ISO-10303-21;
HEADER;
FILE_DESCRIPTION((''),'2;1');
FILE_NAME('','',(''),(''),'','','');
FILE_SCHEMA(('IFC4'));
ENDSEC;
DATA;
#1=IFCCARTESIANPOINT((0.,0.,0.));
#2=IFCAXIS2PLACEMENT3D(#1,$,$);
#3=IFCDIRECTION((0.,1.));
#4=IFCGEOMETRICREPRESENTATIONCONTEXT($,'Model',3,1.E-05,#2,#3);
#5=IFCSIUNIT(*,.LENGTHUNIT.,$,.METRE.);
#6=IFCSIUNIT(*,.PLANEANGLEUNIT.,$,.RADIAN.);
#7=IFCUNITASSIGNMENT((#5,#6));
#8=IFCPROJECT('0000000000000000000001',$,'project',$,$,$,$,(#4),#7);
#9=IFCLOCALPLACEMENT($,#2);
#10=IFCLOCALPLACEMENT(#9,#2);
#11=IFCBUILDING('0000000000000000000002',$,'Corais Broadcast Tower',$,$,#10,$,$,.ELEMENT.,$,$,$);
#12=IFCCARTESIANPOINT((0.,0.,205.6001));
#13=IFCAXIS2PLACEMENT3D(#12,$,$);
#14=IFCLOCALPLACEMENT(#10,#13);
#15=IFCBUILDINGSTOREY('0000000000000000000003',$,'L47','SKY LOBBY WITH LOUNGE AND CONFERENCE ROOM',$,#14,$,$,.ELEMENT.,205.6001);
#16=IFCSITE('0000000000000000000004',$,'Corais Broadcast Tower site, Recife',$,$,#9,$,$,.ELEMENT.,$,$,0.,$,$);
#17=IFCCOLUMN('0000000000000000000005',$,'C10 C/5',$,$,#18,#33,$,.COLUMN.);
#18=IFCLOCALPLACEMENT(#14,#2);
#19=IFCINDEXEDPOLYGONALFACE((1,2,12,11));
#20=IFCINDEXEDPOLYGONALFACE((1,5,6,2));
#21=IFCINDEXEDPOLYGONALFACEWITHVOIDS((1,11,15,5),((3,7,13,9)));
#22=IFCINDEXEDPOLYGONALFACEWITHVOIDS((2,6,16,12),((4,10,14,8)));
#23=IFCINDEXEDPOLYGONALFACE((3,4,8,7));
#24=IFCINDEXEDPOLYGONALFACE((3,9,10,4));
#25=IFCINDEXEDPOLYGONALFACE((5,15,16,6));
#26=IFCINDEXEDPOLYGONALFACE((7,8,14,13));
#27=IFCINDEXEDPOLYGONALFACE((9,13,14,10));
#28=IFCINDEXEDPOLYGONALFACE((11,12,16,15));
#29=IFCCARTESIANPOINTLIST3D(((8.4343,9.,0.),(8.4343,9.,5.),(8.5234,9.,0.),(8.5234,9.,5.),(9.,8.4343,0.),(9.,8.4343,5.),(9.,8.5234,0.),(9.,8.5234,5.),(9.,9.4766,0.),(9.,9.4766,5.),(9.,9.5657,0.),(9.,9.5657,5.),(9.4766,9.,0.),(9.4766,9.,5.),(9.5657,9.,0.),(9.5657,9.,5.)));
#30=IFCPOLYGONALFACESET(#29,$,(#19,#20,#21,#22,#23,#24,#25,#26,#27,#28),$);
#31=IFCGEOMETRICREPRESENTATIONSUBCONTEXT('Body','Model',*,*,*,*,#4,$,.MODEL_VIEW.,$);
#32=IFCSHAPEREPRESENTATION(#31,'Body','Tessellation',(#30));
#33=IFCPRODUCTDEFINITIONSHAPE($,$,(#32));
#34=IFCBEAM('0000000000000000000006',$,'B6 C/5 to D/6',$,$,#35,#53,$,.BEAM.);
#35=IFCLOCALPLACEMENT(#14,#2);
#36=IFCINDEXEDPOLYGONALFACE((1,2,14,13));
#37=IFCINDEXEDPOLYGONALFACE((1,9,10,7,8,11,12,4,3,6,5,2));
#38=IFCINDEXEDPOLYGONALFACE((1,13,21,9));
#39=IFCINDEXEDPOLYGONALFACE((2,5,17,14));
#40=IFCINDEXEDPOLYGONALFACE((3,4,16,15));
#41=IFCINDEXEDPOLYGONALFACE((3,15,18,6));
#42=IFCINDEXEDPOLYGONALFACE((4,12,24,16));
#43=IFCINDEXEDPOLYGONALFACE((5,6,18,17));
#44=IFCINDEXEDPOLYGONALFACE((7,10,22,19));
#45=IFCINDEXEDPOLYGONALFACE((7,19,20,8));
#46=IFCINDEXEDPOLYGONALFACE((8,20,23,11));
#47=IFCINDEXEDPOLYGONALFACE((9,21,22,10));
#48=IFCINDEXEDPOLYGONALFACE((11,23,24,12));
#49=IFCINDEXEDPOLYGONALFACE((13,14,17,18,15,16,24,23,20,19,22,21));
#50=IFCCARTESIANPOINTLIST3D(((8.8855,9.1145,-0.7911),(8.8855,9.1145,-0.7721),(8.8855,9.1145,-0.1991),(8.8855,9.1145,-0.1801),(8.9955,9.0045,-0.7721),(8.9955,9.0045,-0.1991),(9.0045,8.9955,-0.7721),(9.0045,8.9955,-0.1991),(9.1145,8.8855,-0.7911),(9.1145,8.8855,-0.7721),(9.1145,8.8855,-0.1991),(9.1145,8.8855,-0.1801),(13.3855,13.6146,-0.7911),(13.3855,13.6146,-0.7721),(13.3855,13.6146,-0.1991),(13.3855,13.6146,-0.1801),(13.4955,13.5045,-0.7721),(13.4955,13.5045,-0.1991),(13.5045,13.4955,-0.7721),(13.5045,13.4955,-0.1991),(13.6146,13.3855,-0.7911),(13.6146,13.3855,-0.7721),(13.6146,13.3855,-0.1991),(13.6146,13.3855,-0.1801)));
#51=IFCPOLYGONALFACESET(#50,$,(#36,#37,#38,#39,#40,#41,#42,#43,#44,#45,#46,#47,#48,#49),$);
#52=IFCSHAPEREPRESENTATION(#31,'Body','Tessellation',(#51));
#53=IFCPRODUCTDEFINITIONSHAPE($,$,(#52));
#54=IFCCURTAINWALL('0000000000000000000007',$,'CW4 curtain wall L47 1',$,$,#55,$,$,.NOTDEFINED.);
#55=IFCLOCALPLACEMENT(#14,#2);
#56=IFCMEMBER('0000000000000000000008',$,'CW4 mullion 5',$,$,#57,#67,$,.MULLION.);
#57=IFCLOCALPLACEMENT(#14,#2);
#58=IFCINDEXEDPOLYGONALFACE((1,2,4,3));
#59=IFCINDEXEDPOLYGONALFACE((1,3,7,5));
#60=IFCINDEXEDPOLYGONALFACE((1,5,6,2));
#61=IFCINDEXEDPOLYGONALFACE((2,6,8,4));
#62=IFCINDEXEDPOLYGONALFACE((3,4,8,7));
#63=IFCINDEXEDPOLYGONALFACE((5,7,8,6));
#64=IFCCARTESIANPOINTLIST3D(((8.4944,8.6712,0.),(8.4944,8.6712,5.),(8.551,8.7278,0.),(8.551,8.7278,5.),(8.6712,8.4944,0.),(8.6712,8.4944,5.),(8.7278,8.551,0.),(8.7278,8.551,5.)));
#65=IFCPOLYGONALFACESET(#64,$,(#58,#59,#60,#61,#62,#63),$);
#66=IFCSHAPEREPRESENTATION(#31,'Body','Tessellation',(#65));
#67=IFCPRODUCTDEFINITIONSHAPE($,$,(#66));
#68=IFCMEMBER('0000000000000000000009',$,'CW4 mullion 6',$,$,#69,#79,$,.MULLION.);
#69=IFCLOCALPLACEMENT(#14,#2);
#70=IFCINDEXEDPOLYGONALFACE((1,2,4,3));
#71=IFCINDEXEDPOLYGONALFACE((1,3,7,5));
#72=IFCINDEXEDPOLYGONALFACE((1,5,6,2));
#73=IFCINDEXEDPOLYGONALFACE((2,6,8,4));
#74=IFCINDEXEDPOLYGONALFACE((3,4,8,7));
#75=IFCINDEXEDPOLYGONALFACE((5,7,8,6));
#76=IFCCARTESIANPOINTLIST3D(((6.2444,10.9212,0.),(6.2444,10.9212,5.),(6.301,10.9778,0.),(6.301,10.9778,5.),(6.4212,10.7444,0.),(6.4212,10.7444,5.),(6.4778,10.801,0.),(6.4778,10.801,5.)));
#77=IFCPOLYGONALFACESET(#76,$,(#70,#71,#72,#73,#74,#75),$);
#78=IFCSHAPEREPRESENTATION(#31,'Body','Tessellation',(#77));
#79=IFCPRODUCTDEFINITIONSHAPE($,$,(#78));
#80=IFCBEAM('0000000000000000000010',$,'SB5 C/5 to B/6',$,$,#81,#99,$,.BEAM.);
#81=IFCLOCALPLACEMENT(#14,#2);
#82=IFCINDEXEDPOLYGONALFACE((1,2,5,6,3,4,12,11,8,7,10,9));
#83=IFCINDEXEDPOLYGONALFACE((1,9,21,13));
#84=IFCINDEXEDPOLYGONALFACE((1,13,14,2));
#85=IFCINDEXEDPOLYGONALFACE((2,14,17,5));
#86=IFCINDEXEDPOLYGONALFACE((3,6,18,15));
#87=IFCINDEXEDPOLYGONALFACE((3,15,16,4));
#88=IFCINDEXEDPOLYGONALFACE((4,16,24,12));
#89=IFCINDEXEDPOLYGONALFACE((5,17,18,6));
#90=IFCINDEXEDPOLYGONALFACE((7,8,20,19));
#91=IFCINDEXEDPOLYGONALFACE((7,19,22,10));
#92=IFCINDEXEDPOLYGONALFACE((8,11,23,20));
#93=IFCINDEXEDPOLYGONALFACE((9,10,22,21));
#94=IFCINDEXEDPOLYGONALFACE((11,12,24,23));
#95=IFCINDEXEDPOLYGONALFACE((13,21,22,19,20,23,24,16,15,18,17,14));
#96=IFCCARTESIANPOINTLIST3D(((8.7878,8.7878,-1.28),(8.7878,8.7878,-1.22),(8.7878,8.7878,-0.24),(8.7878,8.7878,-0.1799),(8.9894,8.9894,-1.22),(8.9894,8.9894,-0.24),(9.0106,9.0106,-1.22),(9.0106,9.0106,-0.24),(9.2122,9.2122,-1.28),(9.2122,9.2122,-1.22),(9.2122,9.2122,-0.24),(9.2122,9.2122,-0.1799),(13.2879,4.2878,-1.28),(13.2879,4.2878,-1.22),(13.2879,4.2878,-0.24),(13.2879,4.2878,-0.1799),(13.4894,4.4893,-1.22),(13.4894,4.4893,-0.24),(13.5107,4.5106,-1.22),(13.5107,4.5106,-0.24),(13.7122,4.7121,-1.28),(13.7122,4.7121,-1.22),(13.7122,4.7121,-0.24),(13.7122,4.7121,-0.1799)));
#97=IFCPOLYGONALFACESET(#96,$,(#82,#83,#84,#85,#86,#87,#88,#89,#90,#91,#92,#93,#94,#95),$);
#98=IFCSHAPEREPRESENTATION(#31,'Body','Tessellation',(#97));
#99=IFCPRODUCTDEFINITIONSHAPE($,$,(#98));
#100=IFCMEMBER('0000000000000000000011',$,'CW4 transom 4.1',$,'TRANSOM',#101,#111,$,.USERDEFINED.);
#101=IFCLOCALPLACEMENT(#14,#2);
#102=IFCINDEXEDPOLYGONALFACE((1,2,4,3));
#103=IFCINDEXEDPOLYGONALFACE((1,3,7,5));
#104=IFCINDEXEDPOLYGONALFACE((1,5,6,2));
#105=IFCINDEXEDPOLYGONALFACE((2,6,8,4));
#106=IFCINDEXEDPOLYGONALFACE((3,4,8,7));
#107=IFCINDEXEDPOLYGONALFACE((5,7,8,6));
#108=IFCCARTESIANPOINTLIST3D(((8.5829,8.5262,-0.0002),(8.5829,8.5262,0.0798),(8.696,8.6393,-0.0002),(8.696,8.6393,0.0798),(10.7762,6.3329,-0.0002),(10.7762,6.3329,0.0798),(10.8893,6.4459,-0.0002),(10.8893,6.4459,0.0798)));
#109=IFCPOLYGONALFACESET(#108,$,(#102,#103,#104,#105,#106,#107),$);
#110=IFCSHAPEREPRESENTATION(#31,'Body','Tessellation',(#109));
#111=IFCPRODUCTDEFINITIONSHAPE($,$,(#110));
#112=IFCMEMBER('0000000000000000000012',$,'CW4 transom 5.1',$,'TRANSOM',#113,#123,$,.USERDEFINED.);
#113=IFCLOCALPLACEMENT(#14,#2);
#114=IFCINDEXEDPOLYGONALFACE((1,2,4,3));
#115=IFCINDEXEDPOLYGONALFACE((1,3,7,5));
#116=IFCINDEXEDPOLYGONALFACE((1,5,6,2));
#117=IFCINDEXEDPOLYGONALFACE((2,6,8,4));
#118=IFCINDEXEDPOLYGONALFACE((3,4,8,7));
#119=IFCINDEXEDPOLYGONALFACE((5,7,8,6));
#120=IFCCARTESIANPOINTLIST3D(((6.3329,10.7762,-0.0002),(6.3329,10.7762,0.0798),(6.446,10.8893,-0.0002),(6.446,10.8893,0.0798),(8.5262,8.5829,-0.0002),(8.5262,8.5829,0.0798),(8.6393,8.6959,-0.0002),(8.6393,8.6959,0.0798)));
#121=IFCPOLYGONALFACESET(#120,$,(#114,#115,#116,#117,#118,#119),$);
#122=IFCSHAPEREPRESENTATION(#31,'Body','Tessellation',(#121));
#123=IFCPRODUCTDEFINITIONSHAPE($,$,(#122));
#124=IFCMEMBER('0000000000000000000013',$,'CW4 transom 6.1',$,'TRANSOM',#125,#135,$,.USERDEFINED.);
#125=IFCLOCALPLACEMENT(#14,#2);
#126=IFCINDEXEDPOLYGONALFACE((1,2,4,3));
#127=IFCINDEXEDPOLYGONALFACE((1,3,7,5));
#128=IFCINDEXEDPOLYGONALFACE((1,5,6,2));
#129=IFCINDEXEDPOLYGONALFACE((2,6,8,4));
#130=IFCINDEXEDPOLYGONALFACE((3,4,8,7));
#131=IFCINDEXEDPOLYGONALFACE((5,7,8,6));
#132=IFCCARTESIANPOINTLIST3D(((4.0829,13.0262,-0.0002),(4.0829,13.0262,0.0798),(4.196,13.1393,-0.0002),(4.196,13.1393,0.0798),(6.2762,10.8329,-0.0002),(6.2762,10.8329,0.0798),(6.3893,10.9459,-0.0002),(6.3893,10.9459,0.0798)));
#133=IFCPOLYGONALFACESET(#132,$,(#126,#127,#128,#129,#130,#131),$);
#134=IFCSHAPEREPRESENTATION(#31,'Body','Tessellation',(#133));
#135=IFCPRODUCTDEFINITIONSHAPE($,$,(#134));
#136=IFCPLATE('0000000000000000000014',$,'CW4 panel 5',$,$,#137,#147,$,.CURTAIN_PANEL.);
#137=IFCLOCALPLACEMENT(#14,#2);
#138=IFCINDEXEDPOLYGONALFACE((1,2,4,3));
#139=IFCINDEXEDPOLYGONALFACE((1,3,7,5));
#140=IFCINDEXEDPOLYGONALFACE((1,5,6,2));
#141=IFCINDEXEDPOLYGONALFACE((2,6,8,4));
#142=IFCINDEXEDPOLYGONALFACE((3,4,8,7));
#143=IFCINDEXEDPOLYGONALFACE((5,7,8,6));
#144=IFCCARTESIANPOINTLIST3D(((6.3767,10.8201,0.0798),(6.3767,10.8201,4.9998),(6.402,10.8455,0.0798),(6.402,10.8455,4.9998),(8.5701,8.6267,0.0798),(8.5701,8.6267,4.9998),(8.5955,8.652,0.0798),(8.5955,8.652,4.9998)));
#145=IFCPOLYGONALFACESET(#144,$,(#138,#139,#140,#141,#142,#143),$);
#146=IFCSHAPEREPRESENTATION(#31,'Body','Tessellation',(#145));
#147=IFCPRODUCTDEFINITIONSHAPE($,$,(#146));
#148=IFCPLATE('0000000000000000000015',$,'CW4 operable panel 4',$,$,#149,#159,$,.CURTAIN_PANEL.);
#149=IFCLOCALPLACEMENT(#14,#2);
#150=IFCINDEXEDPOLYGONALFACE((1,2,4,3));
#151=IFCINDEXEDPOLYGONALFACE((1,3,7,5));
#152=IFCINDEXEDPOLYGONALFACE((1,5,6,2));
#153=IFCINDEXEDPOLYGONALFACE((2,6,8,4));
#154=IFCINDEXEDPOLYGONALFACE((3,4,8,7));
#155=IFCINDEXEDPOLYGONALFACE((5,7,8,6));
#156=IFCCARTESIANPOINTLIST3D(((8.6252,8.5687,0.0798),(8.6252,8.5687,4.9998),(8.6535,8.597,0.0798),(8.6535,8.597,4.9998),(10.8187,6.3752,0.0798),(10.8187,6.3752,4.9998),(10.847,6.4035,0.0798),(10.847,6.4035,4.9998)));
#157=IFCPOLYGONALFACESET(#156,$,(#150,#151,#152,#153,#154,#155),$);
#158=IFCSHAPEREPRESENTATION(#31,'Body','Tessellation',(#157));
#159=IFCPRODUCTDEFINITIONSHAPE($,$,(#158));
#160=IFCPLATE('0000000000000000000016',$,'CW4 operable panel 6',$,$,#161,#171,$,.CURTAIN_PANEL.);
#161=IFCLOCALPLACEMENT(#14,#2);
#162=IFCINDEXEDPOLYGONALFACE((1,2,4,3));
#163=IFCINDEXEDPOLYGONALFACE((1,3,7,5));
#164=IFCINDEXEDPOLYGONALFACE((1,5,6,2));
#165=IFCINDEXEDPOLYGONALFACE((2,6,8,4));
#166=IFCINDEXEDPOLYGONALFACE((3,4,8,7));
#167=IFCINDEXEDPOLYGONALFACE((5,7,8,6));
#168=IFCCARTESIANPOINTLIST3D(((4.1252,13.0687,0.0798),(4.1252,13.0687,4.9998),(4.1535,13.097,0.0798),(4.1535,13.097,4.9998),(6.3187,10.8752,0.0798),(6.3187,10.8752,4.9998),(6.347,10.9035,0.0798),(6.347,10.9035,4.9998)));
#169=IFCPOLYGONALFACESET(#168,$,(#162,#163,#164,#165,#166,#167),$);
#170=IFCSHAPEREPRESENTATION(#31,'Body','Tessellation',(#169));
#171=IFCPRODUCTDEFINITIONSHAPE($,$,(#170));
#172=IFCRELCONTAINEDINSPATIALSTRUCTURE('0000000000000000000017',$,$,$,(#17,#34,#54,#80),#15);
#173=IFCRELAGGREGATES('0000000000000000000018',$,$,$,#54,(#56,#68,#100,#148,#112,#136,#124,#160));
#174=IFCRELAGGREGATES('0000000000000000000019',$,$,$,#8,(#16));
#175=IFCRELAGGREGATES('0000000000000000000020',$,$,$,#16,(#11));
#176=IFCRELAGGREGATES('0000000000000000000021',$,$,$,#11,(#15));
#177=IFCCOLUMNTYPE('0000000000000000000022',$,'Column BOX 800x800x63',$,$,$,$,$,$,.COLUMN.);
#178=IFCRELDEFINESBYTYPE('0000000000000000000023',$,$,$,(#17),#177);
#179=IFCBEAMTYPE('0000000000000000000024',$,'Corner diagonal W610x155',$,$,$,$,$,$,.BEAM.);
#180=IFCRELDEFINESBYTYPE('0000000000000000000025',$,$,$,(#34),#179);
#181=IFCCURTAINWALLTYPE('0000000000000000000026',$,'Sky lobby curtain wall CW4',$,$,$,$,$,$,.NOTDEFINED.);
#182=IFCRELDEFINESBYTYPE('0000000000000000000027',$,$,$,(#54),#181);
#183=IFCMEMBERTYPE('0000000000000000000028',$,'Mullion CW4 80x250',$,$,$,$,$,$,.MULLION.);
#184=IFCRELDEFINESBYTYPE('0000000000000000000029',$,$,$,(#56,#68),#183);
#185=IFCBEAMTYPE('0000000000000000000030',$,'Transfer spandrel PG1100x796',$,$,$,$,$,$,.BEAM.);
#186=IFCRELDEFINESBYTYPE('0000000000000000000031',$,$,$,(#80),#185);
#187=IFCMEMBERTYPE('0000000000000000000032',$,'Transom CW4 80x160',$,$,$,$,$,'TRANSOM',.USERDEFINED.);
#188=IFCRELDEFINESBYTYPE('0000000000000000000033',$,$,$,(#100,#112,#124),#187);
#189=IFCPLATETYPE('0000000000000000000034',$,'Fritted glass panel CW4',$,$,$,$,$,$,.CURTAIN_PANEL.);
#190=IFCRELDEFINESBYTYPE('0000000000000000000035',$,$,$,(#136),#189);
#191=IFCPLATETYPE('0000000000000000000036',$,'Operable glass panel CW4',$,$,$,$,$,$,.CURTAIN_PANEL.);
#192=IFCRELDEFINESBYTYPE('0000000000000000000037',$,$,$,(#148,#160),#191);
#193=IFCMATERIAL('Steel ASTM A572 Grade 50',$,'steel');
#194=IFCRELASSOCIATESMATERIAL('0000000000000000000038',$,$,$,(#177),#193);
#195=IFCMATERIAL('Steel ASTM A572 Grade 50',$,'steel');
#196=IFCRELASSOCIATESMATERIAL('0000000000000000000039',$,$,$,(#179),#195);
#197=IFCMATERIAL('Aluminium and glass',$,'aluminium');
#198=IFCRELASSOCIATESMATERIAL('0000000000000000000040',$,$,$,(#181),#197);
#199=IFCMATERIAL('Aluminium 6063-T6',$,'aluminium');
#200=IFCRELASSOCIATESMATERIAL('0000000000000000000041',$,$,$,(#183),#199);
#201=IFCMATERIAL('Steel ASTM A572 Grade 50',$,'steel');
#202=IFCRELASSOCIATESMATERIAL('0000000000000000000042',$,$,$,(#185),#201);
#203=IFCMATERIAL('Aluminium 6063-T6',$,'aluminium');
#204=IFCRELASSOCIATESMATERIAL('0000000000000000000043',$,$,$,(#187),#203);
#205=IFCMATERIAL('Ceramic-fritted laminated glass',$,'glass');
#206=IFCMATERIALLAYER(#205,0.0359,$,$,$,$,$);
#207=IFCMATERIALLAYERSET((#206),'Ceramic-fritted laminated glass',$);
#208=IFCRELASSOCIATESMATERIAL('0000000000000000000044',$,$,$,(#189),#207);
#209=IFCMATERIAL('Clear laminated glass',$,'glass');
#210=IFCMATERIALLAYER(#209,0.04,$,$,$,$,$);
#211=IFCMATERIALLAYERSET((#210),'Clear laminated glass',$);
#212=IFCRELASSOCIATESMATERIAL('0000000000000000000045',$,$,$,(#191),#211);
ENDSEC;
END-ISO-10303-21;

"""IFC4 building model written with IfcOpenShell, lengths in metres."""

from ifc_helpers import new_model, si_unit, direction, frame, origin, origin_2d, place, context, subcontext, project, spatial, rectangle, hollow_rectangle, i_section, extrude, material, layer, layer_set, material_profile, profile_set, type_object, element, aggregate, save


model = new_model("IFC4")

# Units and contexts
model_context = context("Model", 3, precision=1e-05, world=origin(), true_north=direction((0.0, 1.0)))
body_context = subcontext(model_context, "Body", "Model", "MODEL_VIEW")
ifc_project = project(units=[si_unit("LENGTHUNIT", "METRE"), si_unit("PLANEANGLEUNIT", "RADIAN")], contexts=[model_context])

# Site, building, storey
site_placement = place(None, origin())
site = spatial("IfcSite", under=ifc_project, at=site_placement, Name="Corais Broadcast Tower site, Recife", CompositionType="ELEMENT", RefElevation=0.0)
building_placement = place(site_placement, origin())
building = spatial("IfcBuilding", under=site, at=building_placement, Name="Corais Broadcast Tower", CompositionType="ELEMENT")
storey_placement = place(building_placement, frame((0.0, 0.0, 205.6001)))
storey = spatial("IfcBuildingStorey", under=building, at=storey_placement, Name="L47", Description="SKY LOBBY WITH LOUNGE AND CONFERENCE ROOM", CompositionType="ELEMENT", Elevation=205.6001)

# Column
ifc_material_1 = material(Name="Steel ASTM A572 Grade 50", Category="steel")
ifc_material_profile_1 = material_profile(ifc_material_1, hollow_rectangle(XDim=0.8, YDim=0.8, WallThickness=0.063, at=origin_2d()), Name="BOX 800x800x63")
ifc_profile_set_1 = profile_set([ifc_material_profile_1], Name="Steel ASTM A572 Grade 50")
column_type = type_object("IfcColumnType", Name="Column BOX 800x800x63", PredefinedType="COLUMN", material=ifc_profile_set_1)
column_placement = place(storey_placement, frame((9.0, 9.0, 0.0), z_axis=(0.0, 0.0, 1.0), x_axis=(0.707107, 0.707107, 0.0)))
element("IfcColumn", 1, at=column_placement, inside=storey, type_object=column_type, Name="C10 C/5", PredefinedType="COLUMN", context=body_context, shape_type="SweptSolid", body=[
    extrude(hollow_rectangle(XDim=0.8, YDim=0.8, WallThickness=0.063, at=origin_2d()), origin(), (0.0, 0.0, 1.0), 5.0),
])

# Beam
ifc_material_2 = material(Name="Steel ASTM A572 Grade 50", Category="steel")
ifc_material_profile_2 = material_profile(ifc_material_2, i_section(OverallWidth=0.324, OverallDepth=0.6111, WebThickness=0.0127, FlangeThickness=0.019, at=origin_2d()), Name="W610x155")
ifc_profile_set_2 = profile_set([ifc_material_profile_2], Name="Steel ASTM A572 Grade 50")
beam_type_1 = type_object("IfcBeamType", Name="Corner diagonal W610x155", PredefinedType="BEAM", material=ifc_profile_set_2)
beam_1_placement = place(storey_placement, frame((9.0, 9.0, -0.4856), z_axis=(0.707107, 0.707107, 0.0), x_axis=(-0.707107, 0.707107, 0.0)))
element("IfcBeam", 2, at=beam_1_placement, inside=storey, type_object=beam_type_1, Name="B6 C/5 to D/6", PredefinedType="BEAM", context=body_context, shape_type="SweptSolid", body=[
    extrude(i_section(OverallWidth=0.324, OverallDepth=0.6111, WebThickness=0.0127, FlangeThickness=0.019, at=origin_2d()), origin(), (0.0, 0.0, 1.0), 6.364),
])

# Curtain wall, members
ifc_material_3 = material(Name="Aluminium and glass", Category="aluminium")
curtain_wall_type = type_object("IfcCurtainWallType", Name="Sky lobby curtain wall CW4", PredefinedType="NOTDEFINED", material=ifc_material_3)
curtain_wall_placement = place(storey_placement, origin())
curtain_wall = element("IfcCurtainWall", 3, at=curtain_wall_placement, inside=storey, type_object=curtain_wall_type, Name="CW4 curtain wall L47 1", PredefinedType="NOTDEFINED")
ifc_material_4 = material(Name="Aluminium 6063-T6", Category="aluminium")
ifc_material_profile_3 = material_profile(ifc_material_4, rectangle(XDim=0.0801, YDim=0.25, at=origin_2d()), Name="Mullion CW4 80x250")
ifc_profile_set_3 = profile_set([ifc_material_profile_3], Name="Aluminium 6063-T6")
member_type_1 = type_object("IfcMemberType", Name="Mullion CW4 80x250", PredefinedType="MULLION", material=ifc_profile_set_3)
member_1_placement = place(storey_placement, frame((8.6111, 8.6111, 0.0), z_axis=(0.0, 0.0, 1.0), x_axis=(-0.707107, -0.707107, 0.0)))
member_1 = element("IfcMember", 4, at=member_1_placement, type_object=member_type_1, Name="CW4 mullion 5", PredefinedType="MULLION", context=body_context, shape_type="SweptSolid", body=[
    extrude(rectangle(XDim=0.0801, YDim=0.25, at=origin_2d()), origin(), (0.0, 0.0, 1.0), 5.0),
])
member_2_placement = place(storey_placement, frame((6.3611, 10.8611, 0.0), z_axis=(0.0, 0.0, 1.0), x_axis=(-0.707107, -0.707107, 0.0)))
member_2 = element("IfcMember", 5, at=member_2_placement, type_object=member_type_1, Name="CW4 mullion 6", PredefinedType="MULLION", context=body_context, shape_type="SweptSolid", body=[
    extrude(rectangle(XDim=0.0801, YDim=0.25, at=origin_2d()), origin(), (0.0, 0.0, 1.0), 5.0),
])

# Beam
ifc_material_5 = material(Name="Steel ASTM A572 Grade 50", Category="steel")
ifc_material_profile_4 = material_profile(ifc_material_5, i_section(OverallWidth=0.6001, OverallDepth=1.1001, WebThickness=0.03, FlangeThickness=0.0601, at=origin_2d()), Name="PG1100x796")
ifc_profile_set_4 = profile_set([ifc_material_profile_4], Name="Steel ASTM A572 Grade 50")
beam_type_2 = type_object("IfcBeamType", Name="Transfer spandrel PG1100x796", PredefinedType="BEAM", material=ifc_profile_set_4)
beam_2_placement = place(storey_placement, frame((9.0, 9.0, -0.73), z_axis=(0.707107, -0.707107, 0.0), x_axis=(0.707107, 0.707107, 0.0)))
element("IfcBeam", 6, at=beam_2_placement, inside=storey, type_object=beam_type_2, Name="SB5 C/5 to B/6", PredefinedType="BEAM", context=body_context, shape_type="SweptSolid", body=[
    extrude(i_section(OverallWidth=0.6001, OverallDepth=1.1001, WebThickness=0.03, FlangeThickness=0.0601, at=origin_2d()), origin(), (0.0, 0.0, 1.0), 6.364),
])

# Members
ifc_material_6 = material(Name="Aluminium 6063-T6", Category="aluminium")
ifc_material_profile_5 = material_profile(ifc_material_6, rectangle(XDim=0.1599, YDim=0.0801, at=origin_2d()), Name="Transom CW4 80x160")
ifc_profile_set_5 = profile_set([ifc_material_profile_5], Name="Aluminium 6063-T6")
member_type_2 = type_object("IfcMemberType", Name="Transom CW4 80x160", ElementType="TRANSOM", PredefinedType="USERDEFINED", material=ifc_profile_set_5)
member_3_placement = place(storey_placement, frame((10.8328, 6.3894, 0.0398), z_axis=(-0.707107, 0.707107, 0.0), x_axis=(-0.707107, -0.707107, 0.0)))
member_3 = element("IfcMember", 7, at=member_3_placement, type_object=member_type_2, Name="CW4 transom 4.1", ObjectType="TRANSOM", PredefinedType="USERDEFINED", context=body_context, shape_type="SweptSolid", body=[
    extrude(rectangle(XDim=0.1599, YDim=0.0801, at=origin_2d()), origin(), (0.0, 0.0, 1.0), 3.1018),
])
member_4_placement = place(storey_placement, frame((8.5828, 8.6394, 0.0398), z_axis=(-0.707107, 0.707107, 0.0), x_axis=(-0.707107, -0.707107, 0.0)))
member_4 = element("IfcMember", 8, at=member_4_placement, type_object=member_type_2, Name="CW4 transom 5.1", ObjectType="TRANSOM", PredefinedType="USERDEFINED", context=body_context, shape_type="SweptSolid", body=[
    extrude(rectangle(XDim=0.1599, YDim=0.0801, at=origin_2d()), origin(), (0.0, 0.0, 1.0), 3.1018),
])
member_5_placement = place(storey_placement, frame((6.3328, 10.8894, 0.0398), z_axis=(-0.707107, 0.707107, 0.0), x_axis=(-0.707107, -0.707107, 0.0)))
member_5 = element("IfcMember", 9, at=member_5_placement, type_object=member_type_2, Name="CW4 transom 6.1", ObjectType="TRANSOM", PredefinedType="USERDEFINED", context=body_context, shape_type="SweptSolid", body=[
    extrude(rectangle(XDim=0.1599, YDim=0.0801, at=origin_2d()), origin(), (0.0, 0.0, 1.0), 3.1018),
])

# Plates
ifc_material_7 = material(Name="Ceramic-fritted laminated glass", Category="glass")
ifc_layer_1 = layer(ifc_material_7, 0.0359)
ifc_layer_set_1 = layer_set([ifc_layer_1], Name="Ceramic-fritted laminated glass")
plate_type_1 = type_object("IfcPlateType", Name="Fritted glass panel CW4", PredefinedType="CURTAIN_PANEL", material=ifc_layer_set_1)
plate_1_placement = place(storey_placement, frame((7.4861, 9.7361, 0.0798), z_axis=(0.0, 0.0, 1.0), x_axis=(-0.707107, 0.707107, 0.0)))
plate_1 = element("IfcPlate", 10, at=plate_1_placement, type_object=plate_type_1, Name="CW4 panel 5", PredefinedType="CURTAIN_PANEL", context=body_context, shape_type="SweptSolid", body=[
    extrude(rectangle(XDim=3.1021, YDim=0.0359, at=origin_2d()), origin(), (0.0, 0.0, 1.0), 4.9199),
])
ifc_material_8 = material(Name="Clear laminated glass", Category="glass")
ifc_layer_2 = layer(ifc_material_8, 0.04)
ifc_layer_set_2 = layer_set([ifc_layer_2], Name="Clear laminated glass")
plate_type_2 = type_object("IfcPlateType", Name="Operable glass panel CW4", PredefinedType="CURTAIN_PANEL", material=ifc_layer_set_2)
plate_2_placement = place(storey_placement, frame((9.7361, 7.4861, 0.0798), z_axis=(0.0, 0.0, 1.0), x_axis=(-0.707107, 0.707107, 0.0)))
plate_2 = element("IfcPlate", 11, at=plate_2_placement, type_object=plate_type_2, Name="CW4 operable panel 4", PredefinedType="CURTAIN_PANEL", context=body_context, shape_type="SweptSolid", body=[
    extrude(rectangle(XDim=3.1021, YDim=0.04, at=origin_2d()), origin(), (0.0, 0.0, 1.0), 4.9199),
])
plate_3_placement = place(storey_placement, frame((5.2361, 11.9861, 0.0798), z_axis=(0.0, 0.0, 1.0), x_axis=(-0.707107, 0.707107, 0.0)))
plate_3 = element("IfcPlate", 12, at=plate_3_placement, type_object=plate_type_2, Name="CW4 operable panel 6", PredefinedType="CURTAIN_PANEL", context=body_context, shape_type="SweptSolid", body=[
    extrude(rectangle(XDim=3.1021, YDim=0.04, at=origin_2d()), origin(), (0.0, 0.0, 1.0), 4.9199),
])
aggregate(curtain_wall, [member_1, member_2, member_3, plate_2, member_4, plate_1, member_5, plate_3])

save(model, "model.ifc")
